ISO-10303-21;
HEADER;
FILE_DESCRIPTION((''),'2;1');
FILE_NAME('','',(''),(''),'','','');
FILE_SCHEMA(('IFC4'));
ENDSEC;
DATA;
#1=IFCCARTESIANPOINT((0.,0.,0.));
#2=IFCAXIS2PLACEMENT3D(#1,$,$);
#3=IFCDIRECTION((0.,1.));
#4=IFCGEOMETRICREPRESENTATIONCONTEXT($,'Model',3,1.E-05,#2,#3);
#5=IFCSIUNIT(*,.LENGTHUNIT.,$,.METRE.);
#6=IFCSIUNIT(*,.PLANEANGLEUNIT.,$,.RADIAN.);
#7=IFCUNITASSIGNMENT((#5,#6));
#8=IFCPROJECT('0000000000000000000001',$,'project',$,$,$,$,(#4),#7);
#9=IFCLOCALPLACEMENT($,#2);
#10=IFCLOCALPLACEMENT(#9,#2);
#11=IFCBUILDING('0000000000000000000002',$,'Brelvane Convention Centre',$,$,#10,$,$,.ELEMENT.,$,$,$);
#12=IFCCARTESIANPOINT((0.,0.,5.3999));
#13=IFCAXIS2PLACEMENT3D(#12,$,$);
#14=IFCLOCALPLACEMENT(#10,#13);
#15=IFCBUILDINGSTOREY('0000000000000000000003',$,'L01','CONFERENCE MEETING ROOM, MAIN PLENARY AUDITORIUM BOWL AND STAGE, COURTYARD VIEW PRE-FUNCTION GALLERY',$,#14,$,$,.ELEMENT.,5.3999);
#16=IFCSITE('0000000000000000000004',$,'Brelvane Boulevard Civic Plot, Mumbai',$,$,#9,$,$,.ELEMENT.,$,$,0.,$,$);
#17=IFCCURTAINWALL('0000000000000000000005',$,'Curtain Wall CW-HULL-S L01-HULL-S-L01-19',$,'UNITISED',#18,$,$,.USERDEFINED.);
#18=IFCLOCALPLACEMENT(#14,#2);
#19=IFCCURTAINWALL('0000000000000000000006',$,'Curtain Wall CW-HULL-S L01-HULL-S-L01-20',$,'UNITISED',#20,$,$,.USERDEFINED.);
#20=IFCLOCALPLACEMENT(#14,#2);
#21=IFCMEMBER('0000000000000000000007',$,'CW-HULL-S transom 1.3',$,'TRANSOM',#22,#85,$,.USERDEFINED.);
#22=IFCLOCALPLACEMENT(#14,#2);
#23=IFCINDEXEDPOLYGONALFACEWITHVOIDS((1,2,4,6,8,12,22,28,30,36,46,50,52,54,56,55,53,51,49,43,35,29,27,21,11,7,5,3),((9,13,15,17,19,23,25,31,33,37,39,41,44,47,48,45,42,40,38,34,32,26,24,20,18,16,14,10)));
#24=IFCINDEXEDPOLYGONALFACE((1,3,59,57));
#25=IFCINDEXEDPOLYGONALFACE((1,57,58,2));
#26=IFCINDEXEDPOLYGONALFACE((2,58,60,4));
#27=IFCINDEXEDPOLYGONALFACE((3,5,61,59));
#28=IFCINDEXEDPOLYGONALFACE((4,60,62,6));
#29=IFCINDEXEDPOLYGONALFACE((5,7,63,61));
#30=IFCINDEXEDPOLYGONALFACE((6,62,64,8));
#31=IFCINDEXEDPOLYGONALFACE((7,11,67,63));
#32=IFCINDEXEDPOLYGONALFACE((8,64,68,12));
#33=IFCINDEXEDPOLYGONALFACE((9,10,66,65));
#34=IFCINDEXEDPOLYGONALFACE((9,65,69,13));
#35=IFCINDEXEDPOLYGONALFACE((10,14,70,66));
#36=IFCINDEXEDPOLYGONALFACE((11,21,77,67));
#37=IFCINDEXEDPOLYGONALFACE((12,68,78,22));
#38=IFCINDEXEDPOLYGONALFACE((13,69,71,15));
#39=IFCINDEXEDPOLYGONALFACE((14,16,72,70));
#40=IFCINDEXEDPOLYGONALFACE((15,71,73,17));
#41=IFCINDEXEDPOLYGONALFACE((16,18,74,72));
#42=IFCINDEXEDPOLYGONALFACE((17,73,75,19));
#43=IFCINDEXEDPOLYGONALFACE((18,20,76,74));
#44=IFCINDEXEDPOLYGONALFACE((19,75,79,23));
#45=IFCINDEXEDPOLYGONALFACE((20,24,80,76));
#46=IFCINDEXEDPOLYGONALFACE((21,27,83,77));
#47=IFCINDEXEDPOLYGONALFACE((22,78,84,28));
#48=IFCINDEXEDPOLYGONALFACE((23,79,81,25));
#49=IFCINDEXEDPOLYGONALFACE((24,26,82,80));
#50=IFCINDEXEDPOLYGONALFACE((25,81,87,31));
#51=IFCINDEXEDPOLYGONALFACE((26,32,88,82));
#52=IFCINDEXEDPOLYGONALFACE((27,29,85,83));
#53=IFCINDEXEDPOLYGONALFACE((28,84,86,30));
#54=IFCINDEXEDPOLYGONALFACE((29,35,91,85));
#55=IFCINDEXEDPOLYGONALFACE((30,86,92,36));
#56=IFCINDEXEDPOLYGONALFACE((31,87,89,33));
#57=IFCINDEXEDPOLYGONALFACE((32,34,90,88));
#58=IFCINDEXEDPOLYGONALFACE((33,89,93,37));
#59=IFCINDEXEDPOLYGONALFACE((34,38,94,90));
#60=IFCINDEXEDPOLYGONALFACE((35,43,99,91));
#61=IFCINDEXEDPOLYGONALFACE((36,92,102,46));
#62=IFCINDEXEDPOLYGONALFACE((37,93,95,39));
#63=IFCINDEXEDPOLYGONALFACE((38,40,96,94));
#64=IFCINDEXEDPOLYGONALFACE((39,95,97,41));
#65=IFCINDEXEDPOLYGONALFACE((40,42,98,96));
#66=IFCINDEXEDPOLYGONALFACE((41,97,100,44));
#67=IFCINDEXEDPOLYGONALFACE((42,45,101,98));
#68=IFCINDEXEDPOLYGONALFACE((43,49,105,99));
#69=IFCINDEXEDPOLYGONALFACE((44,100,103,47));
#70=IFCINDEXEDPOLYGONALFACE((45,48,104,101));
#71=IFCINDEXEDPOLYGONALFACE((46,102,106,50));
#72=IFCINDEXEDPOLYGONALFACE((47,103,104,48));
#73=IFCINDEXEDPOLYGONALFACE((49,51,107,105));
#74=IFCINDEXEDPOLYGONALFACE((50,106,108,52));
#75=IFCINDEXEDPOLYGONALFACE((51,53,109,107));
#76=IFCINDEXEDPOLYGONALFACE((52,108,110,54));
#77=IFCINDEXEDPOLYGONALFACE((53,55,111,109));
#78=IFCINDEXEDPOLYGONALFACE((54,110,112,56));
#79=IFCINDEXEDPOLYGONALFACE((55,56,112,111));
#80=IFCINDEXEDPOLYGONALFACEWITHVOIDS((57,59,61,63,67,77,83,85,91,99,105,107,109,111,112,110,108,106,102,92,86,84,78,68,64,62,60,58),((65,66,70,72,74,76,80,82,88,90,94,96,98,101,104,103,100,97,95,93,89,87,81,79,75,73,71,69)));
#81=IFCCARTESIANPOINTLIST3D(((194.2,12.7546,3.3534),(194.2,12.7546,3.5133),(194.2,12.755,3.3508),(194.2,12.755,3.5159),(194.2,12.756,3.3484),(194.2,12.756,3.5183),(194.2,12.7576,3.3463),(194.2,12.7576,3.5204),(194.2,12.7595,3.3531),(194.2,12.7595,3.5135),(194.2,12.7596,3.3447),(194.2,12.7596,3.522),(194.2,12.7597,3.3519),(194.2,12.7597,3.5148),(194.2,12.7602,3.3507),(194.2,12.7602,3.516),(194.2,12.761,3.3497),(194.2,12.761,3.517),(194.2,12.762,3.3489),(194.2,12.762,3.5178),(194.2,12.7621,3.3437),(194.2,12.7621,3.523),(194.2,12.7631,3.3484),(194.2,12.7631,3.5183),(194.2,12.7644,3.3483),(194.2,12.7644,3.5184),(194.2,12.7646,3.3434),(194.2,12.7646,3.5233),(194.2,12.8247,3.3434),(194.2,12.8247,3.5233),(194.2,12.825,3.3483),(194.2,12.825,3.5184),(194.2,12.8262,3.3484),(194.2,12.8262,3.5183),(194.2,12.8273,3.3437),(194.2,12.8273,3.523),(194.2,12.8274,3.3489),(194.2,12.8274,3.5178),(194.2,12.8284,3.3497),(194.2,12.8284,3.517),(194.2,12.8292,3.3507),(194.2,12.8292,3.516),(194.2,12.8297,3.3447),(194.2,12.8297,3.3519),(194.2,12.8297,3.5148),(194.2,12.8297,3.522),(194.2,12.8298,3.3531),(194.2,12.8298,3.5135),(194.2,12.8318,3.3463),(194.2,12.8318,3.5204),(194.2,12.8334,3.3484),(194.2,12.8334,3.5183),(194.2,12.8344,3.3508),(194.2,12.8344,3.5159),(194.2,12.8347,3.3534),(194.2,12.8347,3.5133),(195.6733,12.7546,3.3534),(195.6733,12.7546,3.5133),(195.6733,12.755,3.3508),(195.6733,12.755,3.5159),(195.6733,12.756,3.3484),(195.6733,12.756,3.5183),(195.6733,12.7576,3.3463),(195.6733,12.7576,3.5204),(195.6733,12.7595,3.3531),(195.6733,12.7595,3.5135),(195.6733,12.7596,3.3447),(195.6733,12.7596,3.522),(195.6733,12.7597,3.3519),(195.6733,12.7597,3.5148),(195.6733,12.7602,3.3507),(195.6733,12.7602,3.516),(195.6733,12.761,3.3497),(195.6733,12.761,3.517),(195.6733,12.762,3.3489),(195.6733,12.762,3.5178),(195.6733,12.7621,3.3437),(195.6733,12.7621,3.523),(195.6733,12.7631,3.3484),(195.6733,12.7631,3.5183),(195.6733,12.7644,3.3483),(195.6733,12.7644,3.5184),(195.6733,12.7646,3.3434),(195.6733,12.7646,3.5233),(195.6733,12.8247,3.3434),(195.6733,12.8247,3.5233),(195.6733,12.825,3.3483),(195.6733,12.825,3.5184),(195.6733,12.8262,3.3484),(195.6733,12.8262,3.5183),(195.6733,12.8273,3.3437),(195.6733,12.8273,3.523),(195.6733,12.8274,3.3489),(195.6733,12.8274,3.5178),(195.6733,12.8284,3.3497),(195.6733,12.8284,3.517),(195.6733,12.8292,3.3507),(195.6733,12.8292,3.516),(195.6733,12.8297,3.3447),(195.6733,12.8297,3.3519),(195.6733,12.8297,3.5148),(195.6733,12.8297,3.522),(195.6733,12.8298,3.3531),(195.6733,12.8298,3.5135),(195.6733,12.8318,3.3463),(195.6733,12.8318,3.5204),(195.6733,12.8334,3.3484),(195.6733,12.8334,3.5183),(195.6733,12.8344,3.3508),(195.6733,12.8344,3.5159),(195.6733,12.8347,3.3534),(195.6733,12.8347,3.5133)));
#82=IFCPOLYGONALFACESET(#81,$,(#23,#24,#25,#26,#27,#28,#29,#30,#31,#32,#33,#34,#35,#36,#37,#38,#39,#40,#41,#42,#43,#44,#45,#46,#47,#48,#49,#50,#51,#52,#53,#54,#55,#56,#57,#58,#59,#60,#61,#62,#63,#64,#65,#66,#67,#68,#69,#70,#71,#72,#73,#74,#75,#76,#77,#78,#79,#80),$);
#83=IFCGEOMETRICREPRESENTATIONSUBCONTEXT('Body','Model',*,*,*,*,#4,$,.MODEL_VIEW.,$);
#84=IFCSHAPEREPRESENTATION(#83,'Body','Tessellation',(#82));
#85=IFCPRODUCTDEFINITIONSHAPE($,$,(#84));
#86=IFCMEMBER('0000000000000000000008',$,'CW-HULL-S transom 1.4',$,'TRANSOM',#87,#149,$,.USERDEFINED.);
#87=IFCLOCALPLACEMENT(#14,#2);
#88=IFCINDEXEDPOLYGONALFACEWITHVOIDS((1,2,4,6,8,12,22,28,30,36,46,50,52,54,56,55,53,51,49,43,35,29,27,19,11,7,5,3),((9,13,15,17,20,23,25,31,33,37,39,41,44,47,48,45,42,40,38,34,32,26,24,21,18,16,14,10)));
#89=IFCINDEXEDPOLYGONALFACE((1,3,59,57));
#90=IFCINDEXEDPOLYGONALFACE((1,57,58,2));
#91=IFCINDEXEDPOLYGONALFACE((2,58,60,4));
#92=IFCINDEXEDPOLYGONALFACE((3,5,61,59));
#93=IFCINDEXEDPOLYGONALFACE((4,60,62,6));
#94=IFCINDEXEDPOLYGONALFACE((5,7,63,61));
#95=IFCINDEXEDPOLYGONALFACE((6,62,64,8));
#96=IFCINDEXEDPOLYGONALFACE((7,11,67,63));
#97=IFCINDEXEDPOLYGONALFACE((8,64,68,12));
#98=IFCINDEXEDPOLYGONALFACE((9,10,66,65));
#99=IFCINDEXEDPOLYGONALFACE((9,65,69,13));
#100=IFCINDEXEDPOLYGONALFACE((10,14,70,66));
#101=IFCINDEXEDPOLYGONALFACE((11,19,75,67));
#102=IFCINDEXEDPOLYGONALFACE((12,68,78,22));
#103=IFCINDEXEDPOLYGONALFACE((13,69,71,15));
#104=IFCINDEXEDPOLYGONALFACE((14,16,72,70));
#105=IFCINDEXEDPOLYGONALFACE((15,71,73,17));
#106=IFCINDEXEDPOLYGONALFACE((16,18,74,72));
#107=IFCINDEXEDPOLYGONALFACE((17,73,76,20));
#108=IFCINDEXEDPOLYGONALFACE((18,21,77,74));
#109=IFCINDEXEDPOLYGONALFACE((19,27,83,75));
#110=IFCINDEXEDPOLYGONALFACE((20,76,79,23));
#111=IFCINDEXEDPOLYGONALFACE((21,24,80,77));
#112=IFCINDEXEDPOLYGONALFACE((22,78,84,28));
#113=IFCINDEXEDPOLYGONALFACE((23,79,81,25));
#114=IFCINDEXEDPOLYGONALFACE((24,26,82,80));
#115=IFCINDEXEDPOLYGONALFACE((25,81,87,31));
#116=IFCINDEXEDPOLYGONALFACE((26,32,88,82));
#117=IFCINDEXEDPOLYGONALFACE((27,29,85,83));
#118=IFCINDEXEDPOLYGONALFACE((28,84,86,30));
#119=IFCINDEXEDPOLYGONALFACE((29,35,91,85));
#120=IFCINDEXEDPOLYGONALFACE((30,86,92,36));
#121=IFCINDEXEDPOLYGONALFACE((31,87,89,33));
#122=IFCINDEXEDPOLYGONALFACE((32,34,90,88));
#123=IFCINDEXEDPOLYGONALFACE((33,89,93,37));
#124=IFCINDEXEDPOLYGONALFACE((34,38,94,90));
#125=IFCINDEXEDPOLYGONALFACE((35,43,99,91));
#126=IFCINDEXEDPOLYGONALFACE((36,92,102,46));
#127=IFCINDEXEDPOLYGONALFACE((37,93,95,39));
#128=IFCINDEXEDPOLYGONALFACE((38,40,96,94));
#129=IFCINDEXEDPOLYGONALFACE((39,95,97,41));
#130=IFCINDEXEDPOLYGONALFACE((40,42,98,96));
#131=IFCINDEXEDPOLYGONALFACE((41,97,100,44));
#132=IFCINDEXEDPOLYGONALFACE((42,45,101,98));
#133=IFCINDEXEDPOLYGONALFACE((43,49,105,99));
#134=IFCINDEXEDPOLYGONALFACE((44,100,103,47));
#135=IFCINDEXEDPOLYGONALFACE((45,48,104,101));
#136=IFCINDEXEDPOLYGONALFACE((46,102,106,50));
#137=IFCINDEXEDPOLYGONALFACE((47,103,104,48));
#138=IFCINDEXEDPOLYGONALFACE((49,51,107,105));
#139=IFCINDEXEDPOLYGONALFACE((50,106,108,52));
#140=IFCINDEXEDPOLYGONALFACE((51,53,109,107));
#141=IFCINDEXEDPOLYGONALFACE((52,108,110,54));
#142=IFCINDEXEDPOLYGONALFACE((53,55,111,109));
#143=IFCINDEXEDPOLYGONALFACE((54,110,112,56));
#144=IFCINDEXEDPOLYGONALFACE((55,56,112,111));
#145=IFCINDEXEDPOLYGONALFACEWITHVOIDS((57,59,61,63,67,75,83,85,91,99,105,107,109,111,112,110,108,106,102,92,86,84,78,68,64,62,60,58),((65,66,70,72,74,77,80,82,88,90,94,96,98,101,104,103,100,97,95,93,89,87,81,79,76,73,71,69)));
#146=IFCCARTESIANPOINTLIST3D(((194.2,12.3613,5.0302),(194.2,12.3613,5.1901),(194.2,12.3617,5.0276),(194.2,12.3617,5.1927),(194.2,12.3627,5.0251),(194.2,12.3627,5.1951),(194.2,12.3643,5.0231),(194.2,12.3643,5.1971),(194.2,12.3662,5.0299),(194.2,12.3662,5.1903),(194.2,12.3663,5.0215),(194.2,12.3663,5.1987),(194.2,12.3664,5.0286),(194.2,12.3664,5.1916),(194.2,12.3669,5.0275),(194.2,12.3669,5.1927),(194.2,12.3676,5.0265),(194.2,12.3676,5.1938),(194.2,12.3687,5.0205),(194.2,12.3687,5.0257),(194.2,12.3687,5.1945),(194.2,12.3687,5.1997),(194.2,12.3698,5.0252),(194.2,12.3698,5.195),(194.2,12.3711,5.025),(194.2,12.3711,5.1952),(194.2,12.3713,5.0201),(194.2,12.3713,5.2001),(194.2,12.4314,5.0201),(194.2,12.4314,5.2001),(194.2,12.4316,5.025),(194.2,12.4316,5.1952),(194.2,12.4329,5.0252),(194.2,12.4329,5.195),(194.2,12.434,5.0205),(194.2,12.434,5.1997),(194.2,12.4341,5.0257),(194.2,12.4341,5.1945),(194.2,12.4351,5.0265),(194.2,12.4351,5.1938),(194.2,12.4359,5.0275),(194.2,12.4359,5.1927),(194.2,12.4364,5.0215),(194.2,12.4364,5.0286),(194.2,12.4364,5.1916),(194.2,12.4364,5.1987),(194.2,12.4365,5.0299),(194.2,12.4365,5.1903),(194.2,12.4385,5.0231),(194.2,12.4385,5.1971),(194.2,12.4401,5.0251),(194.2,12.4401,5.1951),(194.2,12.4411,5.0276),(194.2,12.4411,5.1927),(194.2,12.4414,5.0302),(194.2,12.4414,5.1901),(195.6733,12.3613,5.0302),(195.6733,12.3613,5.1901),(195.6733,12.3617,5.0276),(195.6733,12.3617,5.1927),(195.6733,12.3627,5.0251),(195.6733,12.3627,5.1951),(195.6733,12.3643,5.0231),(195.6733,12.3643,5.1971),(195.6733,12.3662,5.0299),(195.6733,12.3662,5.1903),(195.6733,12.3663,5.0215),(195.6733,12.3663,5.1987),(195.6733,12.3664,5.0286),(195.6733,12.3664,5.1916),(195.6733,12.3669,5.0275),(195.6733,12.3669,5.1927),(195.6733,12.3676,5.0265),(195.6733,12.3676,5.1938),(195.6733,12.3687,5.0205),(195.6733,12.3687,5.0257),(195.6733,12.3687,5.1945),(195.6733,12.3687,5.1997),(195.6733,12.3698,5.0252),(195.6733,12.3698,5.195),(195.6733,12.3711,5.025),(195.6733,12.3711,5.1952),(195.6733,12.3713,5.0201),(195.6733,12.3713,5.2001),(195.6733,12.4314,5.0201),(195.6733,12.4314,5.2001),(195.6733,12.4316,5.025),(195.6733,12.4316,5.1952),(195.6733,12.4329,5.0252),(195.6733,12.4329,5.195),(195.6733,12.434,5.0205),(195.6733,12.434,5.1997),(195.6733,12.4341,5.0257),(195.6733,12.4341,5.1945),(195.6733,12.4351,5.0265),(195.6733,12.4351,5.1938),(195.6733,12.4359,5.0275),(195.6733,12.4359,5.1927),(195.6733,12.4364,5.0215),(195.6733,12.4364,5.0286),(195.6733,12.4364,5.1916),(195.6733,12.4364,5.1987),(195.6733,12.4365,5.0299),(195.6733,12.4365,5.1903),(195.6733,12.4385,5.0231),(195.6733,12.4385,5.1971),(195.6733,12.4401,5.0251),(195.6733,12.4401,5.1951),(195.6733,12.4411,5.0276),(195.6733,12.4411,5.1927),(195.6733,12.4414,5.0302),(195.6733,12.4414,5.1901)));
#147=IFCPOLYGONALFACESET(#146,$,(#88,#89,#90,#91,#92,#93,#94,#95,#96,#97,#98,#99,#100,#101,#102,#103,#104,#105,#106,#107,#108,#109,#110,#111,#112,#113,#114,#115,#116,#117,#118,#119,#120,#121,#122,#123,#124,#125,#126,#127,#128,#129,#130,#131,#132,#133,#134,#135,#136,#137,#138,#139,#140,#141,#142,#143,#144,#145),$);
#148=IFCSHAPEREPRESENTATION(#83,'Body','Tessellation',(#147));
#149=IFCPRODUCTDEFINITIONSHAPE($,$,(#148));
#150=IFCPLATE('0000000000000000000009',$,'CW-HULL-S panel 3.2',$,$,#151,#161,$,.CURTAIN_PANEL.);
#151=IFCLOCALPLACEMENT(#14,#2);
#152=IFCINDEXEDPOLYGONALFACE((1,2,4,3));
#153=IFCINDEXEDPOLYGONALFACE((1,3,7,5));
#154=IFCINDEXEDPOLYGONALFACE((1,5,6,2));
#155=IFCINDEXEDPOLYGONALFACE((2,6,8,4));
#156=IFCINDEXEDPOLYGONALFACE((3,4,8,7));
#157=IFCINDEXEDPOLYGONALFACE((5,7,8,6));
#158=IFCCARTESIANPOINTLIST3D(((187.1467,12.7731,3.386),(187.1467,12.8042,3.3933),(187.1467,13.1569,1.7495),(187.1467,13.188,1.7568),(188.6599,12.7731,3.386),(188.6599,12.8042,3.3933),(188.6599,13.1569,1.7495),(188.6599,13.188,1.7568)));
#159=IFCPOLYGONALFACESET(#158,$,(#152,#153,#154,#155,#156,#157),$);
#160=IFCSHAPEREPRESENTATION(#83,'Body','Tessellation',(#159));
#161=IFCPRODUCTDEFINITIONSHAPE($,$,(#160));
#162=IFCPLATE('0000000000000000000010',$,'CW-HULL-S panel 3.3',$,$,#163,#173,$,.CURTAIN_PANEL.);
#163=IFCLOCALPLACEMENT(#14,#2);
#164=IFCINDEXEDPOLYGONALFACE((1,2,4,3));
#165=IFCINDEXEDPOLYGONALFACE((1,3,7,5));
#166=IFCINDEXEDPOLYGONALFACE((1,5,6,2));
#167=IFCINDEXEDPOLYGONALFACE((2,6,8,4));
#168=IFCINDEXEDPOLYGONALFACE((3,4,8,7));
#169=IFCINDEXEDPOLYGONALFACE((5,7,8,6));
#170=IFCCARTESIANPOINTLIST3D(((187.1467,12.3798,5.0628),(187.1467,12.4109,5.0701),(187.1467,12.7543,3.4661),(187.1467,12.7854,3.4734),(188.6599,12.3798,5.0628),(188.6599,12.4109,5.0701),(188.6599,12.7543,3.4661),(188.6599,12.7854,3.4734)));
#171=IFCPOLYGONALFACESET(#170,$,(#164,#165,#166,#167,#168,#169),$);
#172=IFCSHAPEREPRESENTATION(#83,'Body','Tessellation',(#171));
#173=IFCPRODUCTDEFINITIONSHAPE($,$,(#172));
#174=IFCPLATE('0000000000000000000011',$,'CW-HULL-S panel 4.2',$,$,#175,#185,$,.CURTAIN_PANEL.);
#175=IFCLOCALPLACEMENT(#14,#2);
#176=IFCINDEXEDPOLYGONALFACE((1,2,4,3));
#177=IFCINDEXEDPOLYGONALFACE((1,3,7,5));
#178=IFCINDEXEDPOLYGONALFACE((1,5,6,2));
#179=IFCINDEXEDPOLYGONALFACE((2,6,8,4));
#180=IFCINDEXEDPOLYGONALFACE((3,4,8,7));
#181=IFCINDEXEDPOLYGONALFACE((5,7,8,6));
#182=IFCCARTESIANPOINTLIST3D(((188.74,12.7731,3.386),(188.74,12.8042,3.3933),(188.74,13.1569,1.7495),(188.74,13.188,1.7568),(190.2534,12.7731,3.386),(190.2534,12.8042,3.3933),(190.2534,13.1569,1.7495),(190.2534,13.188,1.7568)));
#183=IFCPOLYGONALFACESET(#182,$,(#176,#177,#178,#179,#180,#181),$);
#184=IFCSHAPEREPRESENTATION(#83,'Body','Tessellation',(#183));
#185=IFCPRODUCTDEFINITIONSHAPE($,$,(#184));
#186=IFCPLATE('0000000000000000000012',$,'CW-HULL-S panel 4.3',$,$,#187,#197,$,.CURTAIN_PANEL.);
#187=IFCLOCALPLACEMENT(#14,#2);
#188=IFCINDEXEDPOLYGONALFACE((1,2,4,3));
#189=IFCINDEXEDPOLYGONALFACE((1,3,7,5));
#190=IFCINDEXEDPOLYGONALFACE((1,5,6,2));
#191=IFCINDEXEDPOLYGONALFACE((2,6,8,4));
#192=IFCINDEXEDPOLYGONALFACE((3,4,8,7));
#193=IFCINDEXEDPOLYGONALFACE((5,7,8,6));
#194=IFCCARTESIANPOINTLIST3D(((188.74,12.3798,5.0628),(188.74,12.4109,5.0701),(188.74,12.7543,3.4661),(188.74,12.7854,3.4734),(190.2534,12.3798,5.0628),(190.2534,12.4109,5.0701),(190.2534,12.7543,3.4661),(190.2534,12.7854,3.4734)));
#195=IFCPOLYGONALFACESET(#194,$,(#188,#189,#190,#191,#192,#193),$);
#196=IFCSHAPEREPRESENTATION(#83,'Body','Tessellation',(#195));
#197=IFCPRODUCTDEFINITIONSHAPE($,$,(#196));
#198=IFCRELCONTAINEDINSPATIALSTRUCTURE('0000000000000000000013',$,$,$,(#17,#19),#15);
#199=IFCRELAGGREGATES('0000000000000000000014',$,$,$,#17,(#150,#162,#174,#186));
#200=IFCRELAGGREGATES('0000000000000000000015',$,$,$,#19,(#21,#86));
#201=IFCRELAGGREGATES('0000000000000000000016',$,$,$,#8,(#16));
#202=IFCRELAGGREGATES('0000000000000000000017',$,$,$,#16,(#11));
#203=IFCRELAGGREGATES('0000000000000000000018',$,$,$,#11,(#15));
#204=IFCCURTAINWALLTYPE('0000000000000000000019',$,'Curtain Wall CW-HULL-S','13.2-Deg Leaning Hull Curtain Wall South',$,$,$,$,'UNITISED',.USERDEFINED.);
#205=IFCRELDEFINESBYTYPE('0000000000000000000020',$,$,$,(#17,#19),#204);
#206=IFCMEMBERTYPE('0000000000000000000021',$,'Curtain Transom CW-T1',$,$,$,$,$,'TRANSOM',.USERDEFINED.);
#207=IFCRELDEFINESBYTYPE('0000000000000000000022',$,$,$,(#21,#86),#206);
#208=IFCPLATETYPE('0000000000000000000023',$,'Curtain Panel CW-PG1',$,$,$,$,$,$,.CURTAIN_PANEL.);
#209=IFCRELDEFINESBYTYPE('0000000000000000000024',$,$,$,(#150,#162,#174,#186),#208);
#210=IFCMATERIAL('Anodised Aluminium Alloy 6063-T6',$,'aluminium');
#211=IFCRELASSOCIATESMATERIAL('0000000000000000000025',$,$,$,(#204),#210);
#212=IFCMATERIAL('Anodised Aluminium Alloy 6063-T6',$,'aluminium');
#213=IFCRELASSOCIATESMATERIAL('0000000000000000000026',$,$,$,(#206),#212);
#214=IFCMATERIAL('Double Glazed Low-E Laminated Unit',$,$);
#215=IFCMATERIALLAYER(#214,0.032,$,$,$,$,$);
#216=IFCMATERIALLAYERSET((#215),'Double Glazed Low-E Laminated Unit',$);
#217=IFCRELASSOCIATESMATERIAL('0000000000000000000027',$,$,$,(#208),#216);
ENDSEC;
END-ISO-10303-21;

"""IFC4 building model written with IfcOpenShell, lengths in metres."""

from ifc_helpers import new_model, si_unit, direction, frame, origin, origin_2d, place, context, subcontext, project, spatial, polyline, hollow_rectangle, outline, extrude, material, layer, layer_set, material_profile, profile_set, type_object, element, aggregate, save


model = new_model("IFC4")

# Units and contexts
model_context = context("Model", 3, precision=1e-05, world=origin(), true_north=direction((0.0, 1.0)))
body_context = subcontext(model_context, "Body", "Model", "MODEL_VIEW")
ifc_project = project(units=[si_unit("LENGTHUNIT", "METRE"), si_unit("PLANEANGLEUNIT", "RADIAN")], contexts=[model_context])

# Site, building, storey
site_placement = place(None, origin())
site = spatial("IfcSite", under=ifc_project, at=site_placement, Name="Brelvane Boulevard Civic Plot, Mumbai", CompositionType="ELEMENT", RefElevation=0.0)
building_placement = place(site_placement, origin())
building = spatial("IfcBuilding", under=site, at=building_placement, Name="Brelvane Convention Centre", CompositionType="ELEMENT")
storey_placement = place(building_placement, frame((0.0, 0.0, 5.3999)))
storey = spatial("IfcBuildingStorey", under=building, at=storey_placement, Name="L01", Description="CONFERENCE MEETING ROOM, MAIN PLENARY AUDITORIUM BOWL AND STAGE, COURTYARD VIEW PRE-FUNCTION GALLERY", CompositionType="ELEMENT", Elevation=5.3999)

# Curtain walls, members
ifc_material_1 = material(Name="Anodised Aluminium Alloy 6063-T6", Category="aluminium")
curtain_wall_type = type_object("IfcCurtainWallType", Name="Curtain Wall CW-HULL-S", Description="13.2-Deg Leaning Hull Curtain Wall South", ElementType="UNITISED", PredefinedType="USERDEFINED", material=ifc_material_1)
curtain_wall_1_placement = place(storey_placement, origin())
curtain_wall_1 = element("IfcCurtainWall", 1, at=curtain_wall_1_placement, inside=storey, type_object=curtain_wall_type, Name="Curtain Wall CW-HULL-S L01-HULL-S-L01-19", ObjectType="UNITISED", PredefinedType="USERDEFINED")
ifc_material_2 = material(Name="Anodised Aluminium Alloy 6063-T6", Category="aluminium")
ifc_material_profile = material_profile(ifc_material_2, hollow_rectangle(XDim=0.0801, YDim=0.1799, WallThickness=0.0049, InnerFilletRadius=0.0049, OuterFilletRadius=0.01, at=origin_2d()), Name="ALU-T 180x80x5.0")
ifc_profile_set = profile_set([ifc_material_profile], Name="Anodised Aluminium Alloy 6063-T6")
member_type = type_object("IfcMemberType", Name="Curtain Transom CW-T1", ElementType="TRANSOM", PredefinedType="USERDEFINED", material=ifc_profile_set)
curtain_wall_2_placement = place(storey_placement, origin())
curtain_wall_2 = element("IfcCurtainWall", 2, at=curtain_wall_2_placement, inside=storey, type_object=curtain_wall_type, Name="Curtain Wall CW-HULL-S L01-HULL-S-L01-20", ObjectType="UNITISED", PredefinedType="USERDEFINED")
member_1_placement = place(storey_placement, frame((194.2, 12.7947, 3.4333), z_axis=(1.0, 0.0, 0.0), x_axis=(0.0, 1.0, 0.0)))
member_1 = element("IfcMember", 3, at=member_1_placement, type_object=member_type, Name="CW-HULL-S transom 1.3", ObjectType="TRANSOM", PredefinedType="USERDEFINED", context=body_context, shape_type="SweptSolid", body=[
    extrude(hollow_rectangle(XDim=0.0801, YDim=0.1799, WallThickness=0.0049, InnerFilletRadius=0.0049, OuterFilletRadius=0.01, at=origin_2d()), origin(), (0.0, 0.0, 1.0), 1.4734),
])
member_2_placement = place(storey_placement, frame((194.2, 12.4014, 5.1101), z_axis=(1.0, 0.0, 0.0), x_axis=(0.0, 1.0, 0.0)))
member_2 = element("IfcMember", 4, at=member_2_placement, type_object=member_type, Name="CW-HULL-S transom 1.4", ObjectType="TRANSOM", PredefinedType="USERDEFINED", context=body_context, shape_type="SweptSolid", body=[
    extrude(hollow_rectangle(XDim=0.0801, YDim=0.1799, WallThickness=0.0049, InnerFilletRadius=0.0049, OuterFilletRadius=0.01, at=origin_2d()), origin(), (0.0, 0.0, 1.0), 1.4734),
])

# Plates
ifc_material_3 = material(Name="Double Glazed Low-E Laminated Unit")
ifc_layer_1 = layer(ifc_material_3, 0.032)
ifc_layer_set_1 = layer_set([ifc_layer_1], Name="Double Glazed Low-E Laminated Unit")
plate_type_1 = type_object("IfcPlateType", Name="Curtain Panel CW-PG1", PredefinedType="CURTAIN_PANEL", material=ifc_layer_set_1)
plate_1_placement = place(storey_placement, frame((187.1467, 13.188, 1.7568), z_axis=(0.0, 0.973585, 0.228327), x_axis=(1.0, 0.0, 0.0)))
plate_1 = element("IfcPlate", 5, at=plate_1_placement, type_object=plate_type_1, Name="CW-HULL-S panel 3.2", PredefinedType="CURTAIN_PANEL", context=body_context, shape_type="SweptSolid", body=[
    extrude(outline(polyline([(0.0, 0.0), (1.5132, 0.0), (1.5132, -1.6809), (0.0, -1.6809), (0.0, 0.0)])), origin(), (0.0, 0.0, -1.0), 0.032),
])
plate_2_placement = place(storey_placement, frame((187.1467, 12.7854, 3.4734), z_axis=(0.0, 0.973577, 0.228359), x_axis=(1.0, 0.0, 0.0)))
plate_2 = element("IfcPlate", 6, at=plate_2_placement, type_object=plate_type_1, Name="CW-HULL-S panel 3.3", PredefinedType="CURTAIN_PANEL", context=body_context, shape_type="SweptSolid", body=[
    extrude(outline(polyline([(0.0, 0.0), (1.5132, 0.0), (1.5132, -1.64), (0.0, -1.64), (0.0, 0.0)])), origin(), (0.0, 0.0, -1.0), 0.032),
])
plate_3_placement = place(storey_placement, frame((188.74, 13.188, 1.7568), z_axis=(0.0, 0.973585, 0.228327), x_axis=(1.0, 0.0, 0.0)))
plate_3 = element("IfcPlate", 7, at=plate_3_placement, type_object=plate_type_1, Name="CW-HULL-S panel 4.2", PredefinedType="CURTAIN_PANEL", context=body_context, shape_type="SweptSolid", body=[
    extrude(outline(polyline([(0.0, 0.0), (1.5134, 0.0), (1.5134, -1.6809), (0.0, -1.6809), (0.0, 0.0)])), origin(), (0.0, 0.0, -1.0), 0.032),
])
plate_4_placement = place(storey_placement, frame((188.74, 12.7854, 3.4734), z_axis=(0.0, 0.973577, 0.228359), x_axis=(1.0, 0.0, 0.0)))
plate_4 = element("IfcPlate", 8, at=plate_4_placement, type_object=plate_type_1, Name="CW-HULL-S panel 4.3", PredefinedType="CURTAIN_PANEL", context=body_context, shape_type="SweptSolid", body=[
    extrude(outline(polyline([(0.0, 0.0), (1.5134, 0.0), (1.5134, -1.64), (0.0, -1.64), (0.0, 0.0)])), origin(), (0.0, 0.0, -1.0), 0.032),
])
aggregate(curtain_wall_1, [plate_1, plate_2, plate_3, plate_4])
aggregate(curtain_wall_2, [member_1, member_2])

save(model, "model.ifc")
